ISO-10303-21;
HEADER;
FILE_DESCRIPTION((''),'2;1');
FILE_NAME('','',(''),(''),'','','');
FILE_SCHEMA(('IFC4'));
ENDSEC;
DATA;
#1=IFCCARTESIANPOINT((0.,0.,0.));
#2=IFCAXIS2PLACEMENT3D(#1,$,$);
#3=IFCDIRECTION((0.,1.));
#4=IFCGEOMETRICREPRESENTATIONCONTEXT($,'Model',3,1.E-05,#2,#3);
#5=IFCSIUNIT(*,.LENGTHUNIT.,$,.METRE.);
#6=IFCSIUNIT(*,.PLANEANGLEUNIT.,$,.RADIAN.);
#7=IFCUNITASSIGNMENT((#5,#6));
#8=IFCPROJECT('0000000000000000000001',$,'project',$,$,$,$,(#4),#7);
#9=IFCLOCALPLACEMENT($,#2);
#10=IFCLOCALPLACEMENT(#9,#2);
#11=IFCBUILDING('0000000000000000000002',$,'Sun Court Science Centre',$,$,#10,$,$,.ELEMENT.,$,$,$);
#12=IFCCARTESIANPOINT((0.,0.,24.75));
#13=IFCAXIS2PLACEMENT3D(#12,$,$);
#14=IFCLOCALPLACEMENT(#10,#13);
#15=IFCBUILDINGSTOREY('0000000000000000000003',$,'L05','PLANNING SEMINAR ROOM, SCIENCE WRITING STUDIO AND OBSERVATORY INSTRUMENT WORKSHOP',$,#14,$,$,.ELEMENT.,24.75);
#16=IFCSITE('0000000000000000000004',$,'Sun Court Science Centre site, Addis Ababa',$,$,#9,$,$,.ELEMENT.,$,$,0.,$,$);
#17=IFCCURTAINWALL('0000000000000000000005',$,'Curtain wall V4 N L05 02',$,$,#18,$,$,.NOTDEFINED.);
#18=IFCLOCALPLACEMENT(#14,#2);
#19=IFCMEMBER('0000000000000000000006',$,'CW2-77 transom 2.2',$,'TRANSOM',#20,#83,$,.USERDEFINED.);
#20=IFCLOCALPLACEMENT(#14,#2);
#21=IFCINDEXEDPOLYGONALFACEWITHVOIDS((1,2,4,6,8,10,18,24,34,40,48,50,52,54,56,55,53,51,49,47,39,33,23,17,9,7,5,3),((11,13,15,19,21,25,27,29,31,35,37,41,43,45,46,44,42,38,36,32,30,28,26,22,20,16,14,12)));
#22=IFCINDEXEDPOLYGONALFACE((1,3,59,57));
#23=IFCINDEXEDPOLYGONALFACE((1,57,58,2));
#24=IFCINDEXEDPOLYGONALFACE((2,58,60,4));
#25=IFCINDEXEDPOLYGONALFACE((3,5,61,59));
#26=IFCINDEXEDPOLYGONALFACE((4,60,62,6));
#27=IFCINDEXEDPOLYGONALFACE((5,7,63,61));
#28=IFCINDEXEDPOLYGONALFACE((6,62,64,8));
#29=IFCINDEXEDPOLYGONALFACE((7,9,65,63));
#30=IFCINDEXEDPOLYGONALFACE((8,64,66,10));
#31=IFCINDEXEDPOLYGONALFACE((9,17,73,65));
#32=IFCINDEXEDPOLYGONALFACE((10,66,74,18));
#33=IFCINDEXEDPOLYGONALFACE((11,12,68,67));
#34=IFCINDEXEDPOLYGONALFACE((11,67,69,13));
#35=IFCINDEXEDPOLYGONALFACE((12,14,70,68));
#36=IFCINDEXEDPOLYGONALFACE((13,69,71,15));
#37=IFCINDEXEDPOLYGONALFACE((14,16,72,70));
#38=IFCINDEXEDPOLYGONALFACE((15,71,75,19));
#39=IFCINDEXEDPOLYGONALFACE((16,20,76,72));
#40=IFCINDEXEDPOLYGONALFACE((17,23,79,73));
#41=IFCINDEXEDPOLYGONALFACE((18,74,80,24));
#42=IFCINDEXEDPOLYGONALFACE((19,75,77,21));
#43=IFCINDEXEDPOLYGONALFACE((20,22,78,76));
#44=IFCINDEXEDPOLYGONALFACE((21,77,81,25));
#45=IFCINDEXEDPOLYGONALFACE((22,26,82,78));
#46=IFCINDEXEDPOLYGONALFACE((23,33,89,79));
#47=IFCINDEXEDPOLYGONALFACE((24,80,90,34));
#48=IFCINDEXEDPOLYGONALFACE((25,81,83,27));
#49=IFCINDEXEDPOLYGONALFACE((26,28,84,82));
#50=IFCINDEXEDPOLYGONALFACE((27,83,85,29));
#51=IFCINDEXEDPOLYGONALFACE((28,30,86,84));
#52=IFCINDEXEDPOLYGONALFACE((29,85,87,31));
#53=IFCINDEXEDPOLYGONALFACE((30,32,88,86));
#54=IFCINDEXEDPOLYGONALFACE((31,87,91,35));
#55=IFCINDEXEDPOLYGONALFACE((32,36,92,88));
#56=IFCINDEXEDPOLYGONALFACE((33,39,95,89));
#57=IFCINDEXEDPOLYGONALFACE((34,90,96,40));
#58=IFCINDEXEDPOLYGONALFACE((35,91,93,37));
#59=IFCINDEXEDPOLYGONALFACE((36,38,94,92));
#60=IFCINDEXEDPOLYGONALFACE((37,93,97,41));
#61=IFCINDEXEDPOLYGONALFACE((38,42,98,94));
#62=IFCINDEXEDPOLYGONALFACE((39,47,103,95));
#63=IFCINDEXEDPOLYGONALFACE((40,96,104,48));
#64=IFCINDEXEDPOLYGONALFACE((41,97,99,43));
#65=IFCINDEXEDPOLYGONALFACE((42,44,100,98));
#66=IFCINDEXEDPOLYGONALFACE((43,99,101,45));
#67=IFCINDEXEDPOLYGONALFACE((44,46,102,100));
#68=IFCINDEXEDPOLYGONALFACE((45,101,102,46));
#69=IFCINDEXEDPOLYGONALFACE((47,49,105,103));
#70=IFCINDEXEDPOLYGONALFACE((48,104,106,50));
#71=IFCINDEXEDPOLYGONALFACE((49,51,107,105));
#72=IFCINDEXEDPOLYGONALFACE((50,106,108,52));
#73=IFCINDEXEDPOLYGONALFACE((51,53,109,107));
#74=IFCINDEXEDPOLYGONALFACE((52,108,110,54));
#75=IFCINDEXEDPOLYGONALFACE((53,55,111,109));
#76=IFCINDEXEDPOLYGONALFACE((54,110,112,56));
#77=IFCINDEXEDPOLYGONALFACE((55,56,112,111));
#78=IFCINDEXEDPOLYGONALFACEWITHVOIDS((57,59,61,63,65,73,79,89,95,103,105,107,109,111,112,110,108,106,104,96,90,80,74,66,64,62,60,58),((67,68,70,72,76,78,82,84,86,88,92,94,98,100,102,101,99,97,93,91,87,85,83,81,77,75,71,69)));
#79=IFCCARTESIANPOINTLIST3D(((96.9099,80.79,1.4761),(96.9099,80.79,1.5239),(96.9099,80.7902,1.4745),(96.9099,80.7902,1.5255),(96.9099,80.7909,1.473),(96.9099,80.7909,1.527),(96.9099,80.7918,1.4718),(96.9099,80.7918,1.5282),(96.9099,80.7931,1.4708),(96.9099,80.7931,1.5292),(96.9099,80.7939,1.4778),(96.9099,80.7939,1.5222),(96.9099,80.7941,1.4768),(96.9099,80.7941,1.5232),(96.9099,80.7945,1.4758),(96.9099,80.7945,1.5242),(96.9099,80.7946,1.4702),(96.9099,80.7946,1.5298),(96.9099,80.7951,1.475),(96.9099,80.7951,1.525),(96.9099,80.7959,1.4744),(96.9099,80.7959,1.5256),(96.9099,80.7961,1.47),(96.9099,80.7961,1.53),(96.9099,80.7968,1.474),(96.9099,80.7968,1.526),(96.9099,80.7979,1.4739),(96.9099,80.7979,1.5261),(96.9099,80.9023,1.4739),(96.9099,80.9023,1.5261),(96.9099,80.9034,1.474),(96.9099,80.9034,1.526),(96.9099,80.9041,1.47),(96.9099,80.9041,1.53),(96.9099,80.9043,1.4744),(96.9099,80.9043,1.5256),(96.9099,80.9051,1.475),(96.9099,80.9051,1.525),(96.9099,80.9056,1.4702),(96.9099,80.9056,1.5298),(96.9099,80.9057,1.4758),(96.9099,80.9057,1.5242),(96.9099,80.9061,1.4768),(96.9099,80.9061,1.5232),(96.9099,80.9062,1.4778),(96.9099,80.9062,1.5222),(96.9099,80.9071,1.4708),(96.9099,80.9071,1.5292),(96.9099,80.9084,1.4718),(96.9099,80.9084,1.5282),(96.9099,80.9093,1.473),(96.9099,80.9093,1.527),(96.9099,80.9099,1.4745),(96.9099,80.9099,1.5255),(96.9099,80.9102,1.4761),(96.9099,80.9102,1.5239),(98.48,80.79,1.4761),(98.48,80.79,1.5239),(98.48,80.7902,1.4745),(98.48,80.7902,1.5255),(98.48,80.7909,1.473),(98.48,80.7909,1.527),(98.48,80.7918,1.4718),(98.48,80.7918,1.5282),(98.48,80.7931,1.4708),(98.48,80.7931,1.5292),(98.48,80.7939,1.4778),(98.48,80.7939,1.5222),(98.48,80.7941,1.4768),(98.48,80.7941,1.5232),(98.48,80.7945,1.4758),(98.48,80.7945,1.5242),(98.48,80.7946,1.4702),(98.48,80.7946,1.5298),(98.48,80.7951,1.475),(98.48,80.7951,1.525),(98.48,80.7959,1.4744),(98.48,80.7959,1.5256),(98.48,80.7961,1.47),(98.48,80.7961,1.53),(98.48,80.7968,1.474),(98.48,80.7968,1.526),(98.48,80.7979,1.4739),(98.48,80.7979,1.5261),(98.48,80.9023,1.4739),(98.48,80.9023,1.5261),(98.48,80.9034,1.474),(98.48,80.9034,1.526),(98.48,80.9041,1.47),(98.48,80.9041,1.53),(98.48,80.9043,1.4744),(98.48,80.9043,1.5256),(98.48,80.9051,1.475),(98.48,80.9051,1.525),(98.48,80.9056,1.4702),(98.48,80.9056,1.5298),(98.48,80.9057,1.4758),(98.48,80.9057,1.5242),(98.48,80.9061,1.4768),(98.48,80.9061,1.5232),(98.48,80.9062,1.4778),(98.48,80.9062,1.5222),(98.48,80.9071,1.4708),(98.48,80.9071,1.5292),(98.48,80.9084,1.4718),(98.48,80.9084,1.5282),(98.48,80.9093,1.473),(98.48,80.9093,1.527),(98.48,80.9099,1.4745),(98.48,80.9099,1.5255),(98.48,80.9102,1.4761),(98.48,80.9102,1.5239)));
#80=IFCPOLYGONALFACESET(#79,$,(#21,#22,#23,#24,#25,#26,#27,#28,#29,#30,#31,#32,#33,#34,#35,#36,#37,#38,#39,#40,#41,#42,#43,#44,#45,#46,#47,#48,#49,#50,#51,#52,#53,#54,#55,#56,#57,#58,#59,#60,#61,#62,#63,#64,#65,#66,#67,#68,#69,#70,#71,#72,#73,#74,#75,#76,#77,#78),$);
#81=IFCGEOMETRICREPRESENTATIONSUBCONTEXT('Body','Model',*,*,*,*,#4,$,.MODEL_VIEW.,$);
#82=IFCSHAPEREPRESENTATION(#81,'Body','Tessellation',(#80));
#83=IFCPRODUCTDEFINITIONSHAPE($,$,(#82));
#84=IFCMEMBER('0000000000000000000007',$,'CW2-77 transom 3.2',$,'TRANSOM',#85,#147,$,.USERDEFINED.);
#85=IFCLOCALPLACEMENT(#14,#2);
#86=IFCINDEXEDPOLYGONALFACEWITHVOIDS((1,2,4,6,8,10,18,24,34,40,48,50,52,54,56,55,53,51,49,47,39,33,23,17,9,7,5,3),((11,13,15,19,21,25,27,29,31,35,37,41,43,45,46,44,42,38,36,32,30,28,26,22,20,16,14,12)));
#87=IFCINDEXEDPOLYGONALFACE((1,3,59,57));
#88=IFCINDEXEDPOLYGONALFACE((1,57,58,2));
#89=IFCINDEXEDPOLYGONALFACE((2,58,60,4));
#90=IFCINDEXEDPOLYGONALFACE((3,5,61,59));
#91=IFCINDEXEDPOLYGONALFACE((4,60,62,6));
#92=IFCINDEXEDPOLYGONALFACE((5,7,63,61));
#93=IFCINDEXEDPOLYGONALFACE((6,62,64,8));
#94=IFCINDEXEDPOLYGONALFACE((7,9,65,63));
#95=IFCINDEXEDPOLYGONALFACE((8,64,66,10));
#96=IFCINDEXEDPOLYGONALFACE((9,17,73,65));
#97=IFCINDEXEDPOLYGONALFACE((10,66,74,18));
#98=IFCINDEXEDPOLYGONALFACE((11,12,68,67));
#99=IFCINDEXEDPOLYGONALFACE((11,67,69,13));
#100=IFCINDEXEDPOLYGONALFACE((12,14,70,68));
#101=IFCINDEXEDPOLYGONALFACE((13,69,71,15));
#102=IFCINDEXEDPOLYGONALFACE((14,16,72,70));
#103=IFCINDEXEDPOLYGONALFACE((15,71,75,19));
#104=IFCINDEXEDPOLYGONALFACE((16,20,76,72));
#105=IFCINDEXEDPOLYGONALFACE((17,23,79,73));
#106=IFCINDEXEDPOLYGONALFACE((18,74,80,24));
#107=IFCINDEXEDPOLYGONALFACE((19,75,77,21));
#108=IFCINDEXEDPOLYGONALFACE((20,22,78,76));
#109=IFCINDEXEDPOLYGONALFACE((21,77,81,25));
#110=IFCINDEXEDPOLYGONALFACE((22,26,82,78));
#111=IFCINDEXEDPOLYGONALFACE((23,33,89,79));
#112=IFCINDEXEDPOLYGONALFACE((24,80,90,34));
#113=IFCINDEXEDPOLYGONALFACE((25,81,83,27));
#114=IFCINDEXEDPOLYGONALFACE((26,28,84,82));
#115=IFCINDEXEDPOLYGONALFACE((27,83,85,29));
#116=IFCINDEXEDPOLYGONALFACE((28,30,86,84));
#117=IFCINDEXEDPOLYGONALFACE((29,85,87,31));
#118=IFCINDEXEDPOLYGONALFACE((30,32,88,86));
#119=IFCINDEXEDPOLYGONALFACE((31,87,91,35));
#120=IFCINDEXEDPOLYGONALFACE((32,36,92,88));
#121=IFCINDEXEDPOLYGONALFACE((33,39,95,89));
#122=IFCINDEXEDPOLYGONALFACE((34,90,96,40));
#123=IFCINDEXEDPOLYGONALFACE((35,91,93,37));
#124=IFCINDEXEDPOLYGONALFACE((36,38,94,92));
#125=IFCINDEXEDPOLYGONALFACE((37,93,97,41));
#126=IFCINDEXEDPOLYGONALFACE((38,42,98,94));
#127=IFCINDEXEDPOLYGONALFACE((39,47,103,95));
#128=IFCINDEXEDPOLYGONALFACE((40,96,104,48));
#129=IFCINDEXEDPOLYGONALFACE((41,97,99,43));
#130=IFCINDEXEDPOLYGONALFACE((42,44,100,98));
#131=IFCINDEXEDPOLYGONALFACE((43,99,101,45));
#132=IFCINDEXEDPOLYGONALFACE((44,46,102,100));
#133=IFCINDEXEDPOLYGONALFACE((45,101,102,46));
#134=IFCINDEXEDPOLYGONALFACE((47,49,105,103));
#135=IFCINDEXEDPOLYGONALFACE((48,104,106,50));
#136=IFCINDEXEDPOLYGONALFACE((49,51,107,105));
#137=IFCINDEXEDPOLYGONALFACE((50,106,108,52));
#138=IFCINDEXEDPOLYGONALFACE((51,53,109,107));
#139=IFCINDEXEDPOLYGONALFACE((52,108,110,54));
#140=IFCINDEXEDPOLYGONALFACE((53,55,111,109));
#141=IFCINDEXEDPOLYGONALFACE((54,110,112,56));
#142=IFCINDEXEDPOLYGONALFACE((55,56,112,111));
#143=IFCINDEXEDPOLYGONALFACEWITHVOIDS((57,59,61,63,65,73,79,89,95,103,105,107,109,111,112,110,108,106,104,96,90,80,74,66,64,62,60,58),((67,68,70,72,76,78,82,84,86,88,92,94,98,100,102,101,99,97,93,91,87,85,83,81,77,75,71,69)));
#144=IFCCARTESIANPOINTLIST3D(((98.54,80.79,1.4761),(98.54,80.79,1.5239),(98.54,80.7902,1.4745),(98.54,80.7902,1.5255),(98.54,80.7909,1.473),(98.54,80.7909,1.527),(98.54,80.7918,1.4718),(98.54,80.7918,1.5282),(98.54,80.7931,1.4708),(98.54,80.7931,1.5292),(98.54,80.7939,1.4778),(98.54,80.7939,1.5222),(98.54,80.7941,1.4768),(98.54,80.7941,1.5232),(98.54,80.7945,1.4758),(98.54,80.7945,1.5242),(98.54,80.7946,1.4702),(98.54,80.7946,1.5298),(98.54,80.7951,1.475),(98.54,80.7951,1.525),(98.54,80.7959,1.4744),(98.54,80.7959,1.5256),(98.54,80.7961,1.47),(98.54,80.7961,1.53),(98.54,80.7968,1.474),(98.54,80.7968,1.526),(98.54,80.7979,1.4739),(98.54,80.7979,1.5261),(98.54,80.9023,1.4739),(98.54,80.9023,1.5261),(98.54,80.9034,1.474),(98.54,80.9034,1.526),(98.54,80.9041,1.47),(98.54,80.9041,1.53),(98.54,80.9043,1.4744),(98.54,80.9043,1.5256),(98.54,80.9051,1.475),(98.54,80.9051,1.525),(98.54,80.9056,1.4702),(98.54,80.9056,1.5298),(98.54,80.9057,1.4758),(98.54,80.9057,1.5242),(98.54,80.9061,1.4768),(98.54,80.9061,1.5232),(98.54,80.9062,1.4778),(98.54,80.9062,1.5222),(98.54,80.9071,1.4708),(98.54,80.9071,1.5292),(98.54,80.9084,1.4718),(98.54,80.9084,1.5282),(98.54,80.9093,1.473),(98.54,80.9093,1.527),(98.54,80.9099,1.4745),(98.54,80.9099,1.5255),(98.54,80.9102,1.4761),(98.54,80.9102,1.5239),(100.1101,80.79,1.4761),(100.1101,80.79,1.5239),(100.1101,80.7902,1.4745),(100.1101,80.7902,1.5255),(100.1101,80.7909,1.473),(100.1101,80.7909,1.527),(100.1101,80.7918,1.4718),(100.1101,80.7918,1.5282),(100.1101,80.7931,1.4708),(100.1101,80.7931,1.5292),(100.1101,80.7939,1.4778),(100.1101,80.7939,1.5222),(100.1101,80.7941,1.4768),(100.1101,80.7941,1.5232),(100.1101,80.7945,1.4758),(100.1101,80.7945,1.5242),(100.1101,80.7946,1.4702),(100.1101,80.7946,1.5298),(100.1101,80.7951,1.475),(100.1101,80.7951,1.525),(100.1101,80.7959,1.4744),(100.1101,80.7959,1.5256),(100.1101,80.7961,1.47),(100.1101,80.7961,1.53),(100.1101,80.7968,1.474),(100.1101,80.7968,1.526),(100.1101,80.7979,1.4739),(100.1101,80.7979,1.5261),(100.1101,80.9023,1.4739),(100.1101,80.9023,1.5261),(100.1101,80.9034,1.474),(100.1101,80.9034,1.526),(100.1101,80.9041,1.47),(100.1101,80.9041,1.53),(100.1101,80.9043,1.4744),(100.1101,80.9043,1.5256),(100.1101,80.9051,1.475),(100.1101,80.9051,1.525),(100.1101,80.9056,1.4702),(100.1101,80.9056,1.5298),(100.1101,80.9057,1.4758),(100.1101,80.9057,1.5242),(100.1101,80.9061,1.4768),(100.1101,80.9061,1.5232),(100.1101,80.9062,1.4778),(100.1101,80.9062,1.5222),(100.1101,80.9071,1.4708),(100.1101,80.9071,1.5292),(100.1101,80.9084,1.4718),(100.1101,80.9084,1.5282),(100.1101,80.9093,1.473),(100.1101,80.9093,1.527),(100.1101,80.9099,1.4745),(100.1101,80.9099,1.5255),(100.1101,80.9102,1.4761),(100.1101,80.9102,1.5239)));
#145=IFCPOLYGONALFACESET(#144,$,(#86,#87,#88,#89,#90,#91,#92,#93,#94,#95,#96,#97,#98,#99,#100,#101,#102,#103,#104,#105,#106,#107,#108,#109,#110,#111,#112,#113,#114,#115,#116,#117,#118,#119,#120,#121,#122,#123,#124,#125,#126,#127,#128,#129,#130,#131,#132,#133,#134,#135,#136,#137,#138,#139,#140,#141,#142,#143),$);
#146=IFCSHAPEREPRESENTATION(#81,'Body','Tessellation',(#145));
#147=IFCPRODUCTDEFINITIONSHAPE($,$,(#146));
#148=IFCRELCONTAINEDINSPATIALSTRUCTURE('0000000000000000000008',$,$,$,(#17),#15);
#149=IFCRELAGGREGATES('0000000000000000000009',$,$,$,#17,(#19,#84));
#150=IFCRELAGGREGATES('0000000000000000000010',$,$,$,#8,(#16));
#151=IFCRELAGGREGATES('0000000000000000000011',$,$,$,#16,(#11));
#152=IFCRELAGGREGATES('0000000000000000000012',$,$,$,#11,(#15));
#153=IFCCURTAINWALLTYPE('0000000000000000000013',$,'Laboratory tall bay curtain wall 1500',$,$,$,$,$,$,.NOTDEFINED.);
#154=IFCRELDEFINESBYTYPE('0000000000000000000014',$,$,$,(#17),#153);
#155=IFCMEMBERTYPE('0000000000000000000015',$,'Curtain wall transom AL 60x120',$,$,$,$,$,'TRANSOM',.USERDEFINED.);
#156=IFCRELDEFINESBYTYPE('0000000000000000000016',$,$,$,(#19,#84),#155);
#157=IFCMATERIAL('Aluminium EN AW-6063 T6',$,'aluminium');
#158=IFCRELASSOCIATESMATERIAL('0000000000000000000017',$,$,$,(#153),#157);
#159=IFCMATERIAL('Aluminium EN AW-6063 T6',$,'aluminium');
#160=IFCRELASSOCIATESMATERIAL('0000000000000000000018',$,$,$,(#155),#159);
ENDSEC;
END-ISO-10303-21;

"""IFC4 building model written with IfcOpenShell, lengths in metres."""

from ifc_helpers import new_model, si_unit, direction, frame, origin, origin_2d, place, context, subcontext, project, spatial, hollow_rectangle, extrude, material, material_profile, profile_set, type_object, element, aggregate, save


model = new_model("IFC4")

# Units and contexts
model_context = context("Model", 3, precision=1e-05, world=origin(), true_north=direction((0.0, 1.0)))
body_context = subcontext(model_context, "Body", "Model", "MODEL_VIEW")
ifc_project = project(units=[si_unit("LENGTHUNIT", "METRE"), si_unit("PLANEANGLEUNIT", "RADIAN")], contexts=[model_context])

# Site, building, storey
site_placement = place(None, origin())
site = spatial("IfcSite", under=ifc_project, at=site_placement, Name="Sun Court Science Centre site, Addis Ababa", CompositionType="ELEMENT", RefElevation=0.0)
building_placement = place(site_placement, origin())
building = spatial("IfcBuilding", under=site, at=building_placement, Name="Sun Court Science Centre", CompositionType="ELEMENT")
storey_placement = place(building_placement, frame((0.0, 0.0, 24.75)))
storey = spatial("IfcBuildingStorey", under=building, at=storey_placement, Name="L05", Description="PLANNING SEMINAR ROOM, SCIENCE WRITING STUDIO AND OBSERVATORY INSTRUMENT WORKSHOP", CompositionType="ELEMENT", Elevation=24.75)

# Curtain wall, members
ifc_material_1 = material(Name="Aluminium EN AW-6063 T6", Category="aluminium")
curtain_wall_type = type_object("IfcCurtainWallType", Name="Laboratory tall bay curtain wall 1500", PredefinedType="NOTDEFINED", material=ifc_material_1)
curtain_wall_placement = place(storey_placement, origin())
curtain_wall = element("IfcCurtainWall", 1, at=curtain_wall_placement, inside=storey, type_object=curtain_wall_type, Name="Curtain wall V4 N L05 02", PredefinedType="NOTDEFINED")
ifc_material_2 = material(Name="Aluminium EN AW-6063 T6", Category="aluminium")
ifc_material_profile_1 = material_profile(ifc_material_2, hollow_rectangle(XDim=0.0601, YDim=0.1201, WallThickness=0.0039, InnerFilletRadius=0.0039, OuterFilletRadius=0.0061, at=origin_2d()), Name="AL 60x120x4")
ifc_profile_set_1 = profile_set([ifc_material_profile_1], Name="Aluminium EN AW-6063 T6")
member_type_1 = type_object("IfcMemberType", Name="Curtain wall transom AL 60x120", ElementType="TRANSOM", PredefinedType="USERDEFINED", material=ifc_profile_set_1)
member_1_placement = place(storey_placement, frame((96.9099, 80.8501, 1.5), z_axis=(1.0, 0.0, 0.0), x_axis=(0.0, 0.0, 1.0)))
member_1 = element("IfcMember", 2, at=member_1_placement, type_object=member_type_1, Name="CW2-77 transom 2.2", ObjectType="TRANSOM", PredefinedType="USERDEFINED", context=body_context, shape_type="SweptSolid", body=[
    extrude(hollow_rectangle(XDim=0.0601, YDim=0.1201, WallThickness=0.0039, InnerFilletRadius=0.0039, OuterFilletRadius=0.0061, at=origin_2d()), origin(), (0.0, 0.0, 1.0), 1.5701),
])
member_2_placement = place(storey_placement, frame((98.54, 80.8501, 1.5), z_axis=(1.0, 0.0, 0.0), x_axis=(0.0, 0.0, 1.0)))
member_2 = element("IfcMember", 3, at=member_2_placement, type_object=member_type_1, Name="CW2-77 transom 3.2", ObjectType="TRANSOM", PredefinedType="USERDEFINED", context=body_context, shape_type="SweptSolid", body=[
    extrude(hollow_rectangle(XDim=0.0601, YDim=0.1201, WallThickness=0.0039, InnerFilletRadius=0.0039, OuterFilletRadius=0.0061, at=origin_2d()), origin(), (0.0, 0.0, 1.0), 1.5701),
])

aggregate(curtain_wall, [member_1, member_2])

save(model, "model.ifc")
